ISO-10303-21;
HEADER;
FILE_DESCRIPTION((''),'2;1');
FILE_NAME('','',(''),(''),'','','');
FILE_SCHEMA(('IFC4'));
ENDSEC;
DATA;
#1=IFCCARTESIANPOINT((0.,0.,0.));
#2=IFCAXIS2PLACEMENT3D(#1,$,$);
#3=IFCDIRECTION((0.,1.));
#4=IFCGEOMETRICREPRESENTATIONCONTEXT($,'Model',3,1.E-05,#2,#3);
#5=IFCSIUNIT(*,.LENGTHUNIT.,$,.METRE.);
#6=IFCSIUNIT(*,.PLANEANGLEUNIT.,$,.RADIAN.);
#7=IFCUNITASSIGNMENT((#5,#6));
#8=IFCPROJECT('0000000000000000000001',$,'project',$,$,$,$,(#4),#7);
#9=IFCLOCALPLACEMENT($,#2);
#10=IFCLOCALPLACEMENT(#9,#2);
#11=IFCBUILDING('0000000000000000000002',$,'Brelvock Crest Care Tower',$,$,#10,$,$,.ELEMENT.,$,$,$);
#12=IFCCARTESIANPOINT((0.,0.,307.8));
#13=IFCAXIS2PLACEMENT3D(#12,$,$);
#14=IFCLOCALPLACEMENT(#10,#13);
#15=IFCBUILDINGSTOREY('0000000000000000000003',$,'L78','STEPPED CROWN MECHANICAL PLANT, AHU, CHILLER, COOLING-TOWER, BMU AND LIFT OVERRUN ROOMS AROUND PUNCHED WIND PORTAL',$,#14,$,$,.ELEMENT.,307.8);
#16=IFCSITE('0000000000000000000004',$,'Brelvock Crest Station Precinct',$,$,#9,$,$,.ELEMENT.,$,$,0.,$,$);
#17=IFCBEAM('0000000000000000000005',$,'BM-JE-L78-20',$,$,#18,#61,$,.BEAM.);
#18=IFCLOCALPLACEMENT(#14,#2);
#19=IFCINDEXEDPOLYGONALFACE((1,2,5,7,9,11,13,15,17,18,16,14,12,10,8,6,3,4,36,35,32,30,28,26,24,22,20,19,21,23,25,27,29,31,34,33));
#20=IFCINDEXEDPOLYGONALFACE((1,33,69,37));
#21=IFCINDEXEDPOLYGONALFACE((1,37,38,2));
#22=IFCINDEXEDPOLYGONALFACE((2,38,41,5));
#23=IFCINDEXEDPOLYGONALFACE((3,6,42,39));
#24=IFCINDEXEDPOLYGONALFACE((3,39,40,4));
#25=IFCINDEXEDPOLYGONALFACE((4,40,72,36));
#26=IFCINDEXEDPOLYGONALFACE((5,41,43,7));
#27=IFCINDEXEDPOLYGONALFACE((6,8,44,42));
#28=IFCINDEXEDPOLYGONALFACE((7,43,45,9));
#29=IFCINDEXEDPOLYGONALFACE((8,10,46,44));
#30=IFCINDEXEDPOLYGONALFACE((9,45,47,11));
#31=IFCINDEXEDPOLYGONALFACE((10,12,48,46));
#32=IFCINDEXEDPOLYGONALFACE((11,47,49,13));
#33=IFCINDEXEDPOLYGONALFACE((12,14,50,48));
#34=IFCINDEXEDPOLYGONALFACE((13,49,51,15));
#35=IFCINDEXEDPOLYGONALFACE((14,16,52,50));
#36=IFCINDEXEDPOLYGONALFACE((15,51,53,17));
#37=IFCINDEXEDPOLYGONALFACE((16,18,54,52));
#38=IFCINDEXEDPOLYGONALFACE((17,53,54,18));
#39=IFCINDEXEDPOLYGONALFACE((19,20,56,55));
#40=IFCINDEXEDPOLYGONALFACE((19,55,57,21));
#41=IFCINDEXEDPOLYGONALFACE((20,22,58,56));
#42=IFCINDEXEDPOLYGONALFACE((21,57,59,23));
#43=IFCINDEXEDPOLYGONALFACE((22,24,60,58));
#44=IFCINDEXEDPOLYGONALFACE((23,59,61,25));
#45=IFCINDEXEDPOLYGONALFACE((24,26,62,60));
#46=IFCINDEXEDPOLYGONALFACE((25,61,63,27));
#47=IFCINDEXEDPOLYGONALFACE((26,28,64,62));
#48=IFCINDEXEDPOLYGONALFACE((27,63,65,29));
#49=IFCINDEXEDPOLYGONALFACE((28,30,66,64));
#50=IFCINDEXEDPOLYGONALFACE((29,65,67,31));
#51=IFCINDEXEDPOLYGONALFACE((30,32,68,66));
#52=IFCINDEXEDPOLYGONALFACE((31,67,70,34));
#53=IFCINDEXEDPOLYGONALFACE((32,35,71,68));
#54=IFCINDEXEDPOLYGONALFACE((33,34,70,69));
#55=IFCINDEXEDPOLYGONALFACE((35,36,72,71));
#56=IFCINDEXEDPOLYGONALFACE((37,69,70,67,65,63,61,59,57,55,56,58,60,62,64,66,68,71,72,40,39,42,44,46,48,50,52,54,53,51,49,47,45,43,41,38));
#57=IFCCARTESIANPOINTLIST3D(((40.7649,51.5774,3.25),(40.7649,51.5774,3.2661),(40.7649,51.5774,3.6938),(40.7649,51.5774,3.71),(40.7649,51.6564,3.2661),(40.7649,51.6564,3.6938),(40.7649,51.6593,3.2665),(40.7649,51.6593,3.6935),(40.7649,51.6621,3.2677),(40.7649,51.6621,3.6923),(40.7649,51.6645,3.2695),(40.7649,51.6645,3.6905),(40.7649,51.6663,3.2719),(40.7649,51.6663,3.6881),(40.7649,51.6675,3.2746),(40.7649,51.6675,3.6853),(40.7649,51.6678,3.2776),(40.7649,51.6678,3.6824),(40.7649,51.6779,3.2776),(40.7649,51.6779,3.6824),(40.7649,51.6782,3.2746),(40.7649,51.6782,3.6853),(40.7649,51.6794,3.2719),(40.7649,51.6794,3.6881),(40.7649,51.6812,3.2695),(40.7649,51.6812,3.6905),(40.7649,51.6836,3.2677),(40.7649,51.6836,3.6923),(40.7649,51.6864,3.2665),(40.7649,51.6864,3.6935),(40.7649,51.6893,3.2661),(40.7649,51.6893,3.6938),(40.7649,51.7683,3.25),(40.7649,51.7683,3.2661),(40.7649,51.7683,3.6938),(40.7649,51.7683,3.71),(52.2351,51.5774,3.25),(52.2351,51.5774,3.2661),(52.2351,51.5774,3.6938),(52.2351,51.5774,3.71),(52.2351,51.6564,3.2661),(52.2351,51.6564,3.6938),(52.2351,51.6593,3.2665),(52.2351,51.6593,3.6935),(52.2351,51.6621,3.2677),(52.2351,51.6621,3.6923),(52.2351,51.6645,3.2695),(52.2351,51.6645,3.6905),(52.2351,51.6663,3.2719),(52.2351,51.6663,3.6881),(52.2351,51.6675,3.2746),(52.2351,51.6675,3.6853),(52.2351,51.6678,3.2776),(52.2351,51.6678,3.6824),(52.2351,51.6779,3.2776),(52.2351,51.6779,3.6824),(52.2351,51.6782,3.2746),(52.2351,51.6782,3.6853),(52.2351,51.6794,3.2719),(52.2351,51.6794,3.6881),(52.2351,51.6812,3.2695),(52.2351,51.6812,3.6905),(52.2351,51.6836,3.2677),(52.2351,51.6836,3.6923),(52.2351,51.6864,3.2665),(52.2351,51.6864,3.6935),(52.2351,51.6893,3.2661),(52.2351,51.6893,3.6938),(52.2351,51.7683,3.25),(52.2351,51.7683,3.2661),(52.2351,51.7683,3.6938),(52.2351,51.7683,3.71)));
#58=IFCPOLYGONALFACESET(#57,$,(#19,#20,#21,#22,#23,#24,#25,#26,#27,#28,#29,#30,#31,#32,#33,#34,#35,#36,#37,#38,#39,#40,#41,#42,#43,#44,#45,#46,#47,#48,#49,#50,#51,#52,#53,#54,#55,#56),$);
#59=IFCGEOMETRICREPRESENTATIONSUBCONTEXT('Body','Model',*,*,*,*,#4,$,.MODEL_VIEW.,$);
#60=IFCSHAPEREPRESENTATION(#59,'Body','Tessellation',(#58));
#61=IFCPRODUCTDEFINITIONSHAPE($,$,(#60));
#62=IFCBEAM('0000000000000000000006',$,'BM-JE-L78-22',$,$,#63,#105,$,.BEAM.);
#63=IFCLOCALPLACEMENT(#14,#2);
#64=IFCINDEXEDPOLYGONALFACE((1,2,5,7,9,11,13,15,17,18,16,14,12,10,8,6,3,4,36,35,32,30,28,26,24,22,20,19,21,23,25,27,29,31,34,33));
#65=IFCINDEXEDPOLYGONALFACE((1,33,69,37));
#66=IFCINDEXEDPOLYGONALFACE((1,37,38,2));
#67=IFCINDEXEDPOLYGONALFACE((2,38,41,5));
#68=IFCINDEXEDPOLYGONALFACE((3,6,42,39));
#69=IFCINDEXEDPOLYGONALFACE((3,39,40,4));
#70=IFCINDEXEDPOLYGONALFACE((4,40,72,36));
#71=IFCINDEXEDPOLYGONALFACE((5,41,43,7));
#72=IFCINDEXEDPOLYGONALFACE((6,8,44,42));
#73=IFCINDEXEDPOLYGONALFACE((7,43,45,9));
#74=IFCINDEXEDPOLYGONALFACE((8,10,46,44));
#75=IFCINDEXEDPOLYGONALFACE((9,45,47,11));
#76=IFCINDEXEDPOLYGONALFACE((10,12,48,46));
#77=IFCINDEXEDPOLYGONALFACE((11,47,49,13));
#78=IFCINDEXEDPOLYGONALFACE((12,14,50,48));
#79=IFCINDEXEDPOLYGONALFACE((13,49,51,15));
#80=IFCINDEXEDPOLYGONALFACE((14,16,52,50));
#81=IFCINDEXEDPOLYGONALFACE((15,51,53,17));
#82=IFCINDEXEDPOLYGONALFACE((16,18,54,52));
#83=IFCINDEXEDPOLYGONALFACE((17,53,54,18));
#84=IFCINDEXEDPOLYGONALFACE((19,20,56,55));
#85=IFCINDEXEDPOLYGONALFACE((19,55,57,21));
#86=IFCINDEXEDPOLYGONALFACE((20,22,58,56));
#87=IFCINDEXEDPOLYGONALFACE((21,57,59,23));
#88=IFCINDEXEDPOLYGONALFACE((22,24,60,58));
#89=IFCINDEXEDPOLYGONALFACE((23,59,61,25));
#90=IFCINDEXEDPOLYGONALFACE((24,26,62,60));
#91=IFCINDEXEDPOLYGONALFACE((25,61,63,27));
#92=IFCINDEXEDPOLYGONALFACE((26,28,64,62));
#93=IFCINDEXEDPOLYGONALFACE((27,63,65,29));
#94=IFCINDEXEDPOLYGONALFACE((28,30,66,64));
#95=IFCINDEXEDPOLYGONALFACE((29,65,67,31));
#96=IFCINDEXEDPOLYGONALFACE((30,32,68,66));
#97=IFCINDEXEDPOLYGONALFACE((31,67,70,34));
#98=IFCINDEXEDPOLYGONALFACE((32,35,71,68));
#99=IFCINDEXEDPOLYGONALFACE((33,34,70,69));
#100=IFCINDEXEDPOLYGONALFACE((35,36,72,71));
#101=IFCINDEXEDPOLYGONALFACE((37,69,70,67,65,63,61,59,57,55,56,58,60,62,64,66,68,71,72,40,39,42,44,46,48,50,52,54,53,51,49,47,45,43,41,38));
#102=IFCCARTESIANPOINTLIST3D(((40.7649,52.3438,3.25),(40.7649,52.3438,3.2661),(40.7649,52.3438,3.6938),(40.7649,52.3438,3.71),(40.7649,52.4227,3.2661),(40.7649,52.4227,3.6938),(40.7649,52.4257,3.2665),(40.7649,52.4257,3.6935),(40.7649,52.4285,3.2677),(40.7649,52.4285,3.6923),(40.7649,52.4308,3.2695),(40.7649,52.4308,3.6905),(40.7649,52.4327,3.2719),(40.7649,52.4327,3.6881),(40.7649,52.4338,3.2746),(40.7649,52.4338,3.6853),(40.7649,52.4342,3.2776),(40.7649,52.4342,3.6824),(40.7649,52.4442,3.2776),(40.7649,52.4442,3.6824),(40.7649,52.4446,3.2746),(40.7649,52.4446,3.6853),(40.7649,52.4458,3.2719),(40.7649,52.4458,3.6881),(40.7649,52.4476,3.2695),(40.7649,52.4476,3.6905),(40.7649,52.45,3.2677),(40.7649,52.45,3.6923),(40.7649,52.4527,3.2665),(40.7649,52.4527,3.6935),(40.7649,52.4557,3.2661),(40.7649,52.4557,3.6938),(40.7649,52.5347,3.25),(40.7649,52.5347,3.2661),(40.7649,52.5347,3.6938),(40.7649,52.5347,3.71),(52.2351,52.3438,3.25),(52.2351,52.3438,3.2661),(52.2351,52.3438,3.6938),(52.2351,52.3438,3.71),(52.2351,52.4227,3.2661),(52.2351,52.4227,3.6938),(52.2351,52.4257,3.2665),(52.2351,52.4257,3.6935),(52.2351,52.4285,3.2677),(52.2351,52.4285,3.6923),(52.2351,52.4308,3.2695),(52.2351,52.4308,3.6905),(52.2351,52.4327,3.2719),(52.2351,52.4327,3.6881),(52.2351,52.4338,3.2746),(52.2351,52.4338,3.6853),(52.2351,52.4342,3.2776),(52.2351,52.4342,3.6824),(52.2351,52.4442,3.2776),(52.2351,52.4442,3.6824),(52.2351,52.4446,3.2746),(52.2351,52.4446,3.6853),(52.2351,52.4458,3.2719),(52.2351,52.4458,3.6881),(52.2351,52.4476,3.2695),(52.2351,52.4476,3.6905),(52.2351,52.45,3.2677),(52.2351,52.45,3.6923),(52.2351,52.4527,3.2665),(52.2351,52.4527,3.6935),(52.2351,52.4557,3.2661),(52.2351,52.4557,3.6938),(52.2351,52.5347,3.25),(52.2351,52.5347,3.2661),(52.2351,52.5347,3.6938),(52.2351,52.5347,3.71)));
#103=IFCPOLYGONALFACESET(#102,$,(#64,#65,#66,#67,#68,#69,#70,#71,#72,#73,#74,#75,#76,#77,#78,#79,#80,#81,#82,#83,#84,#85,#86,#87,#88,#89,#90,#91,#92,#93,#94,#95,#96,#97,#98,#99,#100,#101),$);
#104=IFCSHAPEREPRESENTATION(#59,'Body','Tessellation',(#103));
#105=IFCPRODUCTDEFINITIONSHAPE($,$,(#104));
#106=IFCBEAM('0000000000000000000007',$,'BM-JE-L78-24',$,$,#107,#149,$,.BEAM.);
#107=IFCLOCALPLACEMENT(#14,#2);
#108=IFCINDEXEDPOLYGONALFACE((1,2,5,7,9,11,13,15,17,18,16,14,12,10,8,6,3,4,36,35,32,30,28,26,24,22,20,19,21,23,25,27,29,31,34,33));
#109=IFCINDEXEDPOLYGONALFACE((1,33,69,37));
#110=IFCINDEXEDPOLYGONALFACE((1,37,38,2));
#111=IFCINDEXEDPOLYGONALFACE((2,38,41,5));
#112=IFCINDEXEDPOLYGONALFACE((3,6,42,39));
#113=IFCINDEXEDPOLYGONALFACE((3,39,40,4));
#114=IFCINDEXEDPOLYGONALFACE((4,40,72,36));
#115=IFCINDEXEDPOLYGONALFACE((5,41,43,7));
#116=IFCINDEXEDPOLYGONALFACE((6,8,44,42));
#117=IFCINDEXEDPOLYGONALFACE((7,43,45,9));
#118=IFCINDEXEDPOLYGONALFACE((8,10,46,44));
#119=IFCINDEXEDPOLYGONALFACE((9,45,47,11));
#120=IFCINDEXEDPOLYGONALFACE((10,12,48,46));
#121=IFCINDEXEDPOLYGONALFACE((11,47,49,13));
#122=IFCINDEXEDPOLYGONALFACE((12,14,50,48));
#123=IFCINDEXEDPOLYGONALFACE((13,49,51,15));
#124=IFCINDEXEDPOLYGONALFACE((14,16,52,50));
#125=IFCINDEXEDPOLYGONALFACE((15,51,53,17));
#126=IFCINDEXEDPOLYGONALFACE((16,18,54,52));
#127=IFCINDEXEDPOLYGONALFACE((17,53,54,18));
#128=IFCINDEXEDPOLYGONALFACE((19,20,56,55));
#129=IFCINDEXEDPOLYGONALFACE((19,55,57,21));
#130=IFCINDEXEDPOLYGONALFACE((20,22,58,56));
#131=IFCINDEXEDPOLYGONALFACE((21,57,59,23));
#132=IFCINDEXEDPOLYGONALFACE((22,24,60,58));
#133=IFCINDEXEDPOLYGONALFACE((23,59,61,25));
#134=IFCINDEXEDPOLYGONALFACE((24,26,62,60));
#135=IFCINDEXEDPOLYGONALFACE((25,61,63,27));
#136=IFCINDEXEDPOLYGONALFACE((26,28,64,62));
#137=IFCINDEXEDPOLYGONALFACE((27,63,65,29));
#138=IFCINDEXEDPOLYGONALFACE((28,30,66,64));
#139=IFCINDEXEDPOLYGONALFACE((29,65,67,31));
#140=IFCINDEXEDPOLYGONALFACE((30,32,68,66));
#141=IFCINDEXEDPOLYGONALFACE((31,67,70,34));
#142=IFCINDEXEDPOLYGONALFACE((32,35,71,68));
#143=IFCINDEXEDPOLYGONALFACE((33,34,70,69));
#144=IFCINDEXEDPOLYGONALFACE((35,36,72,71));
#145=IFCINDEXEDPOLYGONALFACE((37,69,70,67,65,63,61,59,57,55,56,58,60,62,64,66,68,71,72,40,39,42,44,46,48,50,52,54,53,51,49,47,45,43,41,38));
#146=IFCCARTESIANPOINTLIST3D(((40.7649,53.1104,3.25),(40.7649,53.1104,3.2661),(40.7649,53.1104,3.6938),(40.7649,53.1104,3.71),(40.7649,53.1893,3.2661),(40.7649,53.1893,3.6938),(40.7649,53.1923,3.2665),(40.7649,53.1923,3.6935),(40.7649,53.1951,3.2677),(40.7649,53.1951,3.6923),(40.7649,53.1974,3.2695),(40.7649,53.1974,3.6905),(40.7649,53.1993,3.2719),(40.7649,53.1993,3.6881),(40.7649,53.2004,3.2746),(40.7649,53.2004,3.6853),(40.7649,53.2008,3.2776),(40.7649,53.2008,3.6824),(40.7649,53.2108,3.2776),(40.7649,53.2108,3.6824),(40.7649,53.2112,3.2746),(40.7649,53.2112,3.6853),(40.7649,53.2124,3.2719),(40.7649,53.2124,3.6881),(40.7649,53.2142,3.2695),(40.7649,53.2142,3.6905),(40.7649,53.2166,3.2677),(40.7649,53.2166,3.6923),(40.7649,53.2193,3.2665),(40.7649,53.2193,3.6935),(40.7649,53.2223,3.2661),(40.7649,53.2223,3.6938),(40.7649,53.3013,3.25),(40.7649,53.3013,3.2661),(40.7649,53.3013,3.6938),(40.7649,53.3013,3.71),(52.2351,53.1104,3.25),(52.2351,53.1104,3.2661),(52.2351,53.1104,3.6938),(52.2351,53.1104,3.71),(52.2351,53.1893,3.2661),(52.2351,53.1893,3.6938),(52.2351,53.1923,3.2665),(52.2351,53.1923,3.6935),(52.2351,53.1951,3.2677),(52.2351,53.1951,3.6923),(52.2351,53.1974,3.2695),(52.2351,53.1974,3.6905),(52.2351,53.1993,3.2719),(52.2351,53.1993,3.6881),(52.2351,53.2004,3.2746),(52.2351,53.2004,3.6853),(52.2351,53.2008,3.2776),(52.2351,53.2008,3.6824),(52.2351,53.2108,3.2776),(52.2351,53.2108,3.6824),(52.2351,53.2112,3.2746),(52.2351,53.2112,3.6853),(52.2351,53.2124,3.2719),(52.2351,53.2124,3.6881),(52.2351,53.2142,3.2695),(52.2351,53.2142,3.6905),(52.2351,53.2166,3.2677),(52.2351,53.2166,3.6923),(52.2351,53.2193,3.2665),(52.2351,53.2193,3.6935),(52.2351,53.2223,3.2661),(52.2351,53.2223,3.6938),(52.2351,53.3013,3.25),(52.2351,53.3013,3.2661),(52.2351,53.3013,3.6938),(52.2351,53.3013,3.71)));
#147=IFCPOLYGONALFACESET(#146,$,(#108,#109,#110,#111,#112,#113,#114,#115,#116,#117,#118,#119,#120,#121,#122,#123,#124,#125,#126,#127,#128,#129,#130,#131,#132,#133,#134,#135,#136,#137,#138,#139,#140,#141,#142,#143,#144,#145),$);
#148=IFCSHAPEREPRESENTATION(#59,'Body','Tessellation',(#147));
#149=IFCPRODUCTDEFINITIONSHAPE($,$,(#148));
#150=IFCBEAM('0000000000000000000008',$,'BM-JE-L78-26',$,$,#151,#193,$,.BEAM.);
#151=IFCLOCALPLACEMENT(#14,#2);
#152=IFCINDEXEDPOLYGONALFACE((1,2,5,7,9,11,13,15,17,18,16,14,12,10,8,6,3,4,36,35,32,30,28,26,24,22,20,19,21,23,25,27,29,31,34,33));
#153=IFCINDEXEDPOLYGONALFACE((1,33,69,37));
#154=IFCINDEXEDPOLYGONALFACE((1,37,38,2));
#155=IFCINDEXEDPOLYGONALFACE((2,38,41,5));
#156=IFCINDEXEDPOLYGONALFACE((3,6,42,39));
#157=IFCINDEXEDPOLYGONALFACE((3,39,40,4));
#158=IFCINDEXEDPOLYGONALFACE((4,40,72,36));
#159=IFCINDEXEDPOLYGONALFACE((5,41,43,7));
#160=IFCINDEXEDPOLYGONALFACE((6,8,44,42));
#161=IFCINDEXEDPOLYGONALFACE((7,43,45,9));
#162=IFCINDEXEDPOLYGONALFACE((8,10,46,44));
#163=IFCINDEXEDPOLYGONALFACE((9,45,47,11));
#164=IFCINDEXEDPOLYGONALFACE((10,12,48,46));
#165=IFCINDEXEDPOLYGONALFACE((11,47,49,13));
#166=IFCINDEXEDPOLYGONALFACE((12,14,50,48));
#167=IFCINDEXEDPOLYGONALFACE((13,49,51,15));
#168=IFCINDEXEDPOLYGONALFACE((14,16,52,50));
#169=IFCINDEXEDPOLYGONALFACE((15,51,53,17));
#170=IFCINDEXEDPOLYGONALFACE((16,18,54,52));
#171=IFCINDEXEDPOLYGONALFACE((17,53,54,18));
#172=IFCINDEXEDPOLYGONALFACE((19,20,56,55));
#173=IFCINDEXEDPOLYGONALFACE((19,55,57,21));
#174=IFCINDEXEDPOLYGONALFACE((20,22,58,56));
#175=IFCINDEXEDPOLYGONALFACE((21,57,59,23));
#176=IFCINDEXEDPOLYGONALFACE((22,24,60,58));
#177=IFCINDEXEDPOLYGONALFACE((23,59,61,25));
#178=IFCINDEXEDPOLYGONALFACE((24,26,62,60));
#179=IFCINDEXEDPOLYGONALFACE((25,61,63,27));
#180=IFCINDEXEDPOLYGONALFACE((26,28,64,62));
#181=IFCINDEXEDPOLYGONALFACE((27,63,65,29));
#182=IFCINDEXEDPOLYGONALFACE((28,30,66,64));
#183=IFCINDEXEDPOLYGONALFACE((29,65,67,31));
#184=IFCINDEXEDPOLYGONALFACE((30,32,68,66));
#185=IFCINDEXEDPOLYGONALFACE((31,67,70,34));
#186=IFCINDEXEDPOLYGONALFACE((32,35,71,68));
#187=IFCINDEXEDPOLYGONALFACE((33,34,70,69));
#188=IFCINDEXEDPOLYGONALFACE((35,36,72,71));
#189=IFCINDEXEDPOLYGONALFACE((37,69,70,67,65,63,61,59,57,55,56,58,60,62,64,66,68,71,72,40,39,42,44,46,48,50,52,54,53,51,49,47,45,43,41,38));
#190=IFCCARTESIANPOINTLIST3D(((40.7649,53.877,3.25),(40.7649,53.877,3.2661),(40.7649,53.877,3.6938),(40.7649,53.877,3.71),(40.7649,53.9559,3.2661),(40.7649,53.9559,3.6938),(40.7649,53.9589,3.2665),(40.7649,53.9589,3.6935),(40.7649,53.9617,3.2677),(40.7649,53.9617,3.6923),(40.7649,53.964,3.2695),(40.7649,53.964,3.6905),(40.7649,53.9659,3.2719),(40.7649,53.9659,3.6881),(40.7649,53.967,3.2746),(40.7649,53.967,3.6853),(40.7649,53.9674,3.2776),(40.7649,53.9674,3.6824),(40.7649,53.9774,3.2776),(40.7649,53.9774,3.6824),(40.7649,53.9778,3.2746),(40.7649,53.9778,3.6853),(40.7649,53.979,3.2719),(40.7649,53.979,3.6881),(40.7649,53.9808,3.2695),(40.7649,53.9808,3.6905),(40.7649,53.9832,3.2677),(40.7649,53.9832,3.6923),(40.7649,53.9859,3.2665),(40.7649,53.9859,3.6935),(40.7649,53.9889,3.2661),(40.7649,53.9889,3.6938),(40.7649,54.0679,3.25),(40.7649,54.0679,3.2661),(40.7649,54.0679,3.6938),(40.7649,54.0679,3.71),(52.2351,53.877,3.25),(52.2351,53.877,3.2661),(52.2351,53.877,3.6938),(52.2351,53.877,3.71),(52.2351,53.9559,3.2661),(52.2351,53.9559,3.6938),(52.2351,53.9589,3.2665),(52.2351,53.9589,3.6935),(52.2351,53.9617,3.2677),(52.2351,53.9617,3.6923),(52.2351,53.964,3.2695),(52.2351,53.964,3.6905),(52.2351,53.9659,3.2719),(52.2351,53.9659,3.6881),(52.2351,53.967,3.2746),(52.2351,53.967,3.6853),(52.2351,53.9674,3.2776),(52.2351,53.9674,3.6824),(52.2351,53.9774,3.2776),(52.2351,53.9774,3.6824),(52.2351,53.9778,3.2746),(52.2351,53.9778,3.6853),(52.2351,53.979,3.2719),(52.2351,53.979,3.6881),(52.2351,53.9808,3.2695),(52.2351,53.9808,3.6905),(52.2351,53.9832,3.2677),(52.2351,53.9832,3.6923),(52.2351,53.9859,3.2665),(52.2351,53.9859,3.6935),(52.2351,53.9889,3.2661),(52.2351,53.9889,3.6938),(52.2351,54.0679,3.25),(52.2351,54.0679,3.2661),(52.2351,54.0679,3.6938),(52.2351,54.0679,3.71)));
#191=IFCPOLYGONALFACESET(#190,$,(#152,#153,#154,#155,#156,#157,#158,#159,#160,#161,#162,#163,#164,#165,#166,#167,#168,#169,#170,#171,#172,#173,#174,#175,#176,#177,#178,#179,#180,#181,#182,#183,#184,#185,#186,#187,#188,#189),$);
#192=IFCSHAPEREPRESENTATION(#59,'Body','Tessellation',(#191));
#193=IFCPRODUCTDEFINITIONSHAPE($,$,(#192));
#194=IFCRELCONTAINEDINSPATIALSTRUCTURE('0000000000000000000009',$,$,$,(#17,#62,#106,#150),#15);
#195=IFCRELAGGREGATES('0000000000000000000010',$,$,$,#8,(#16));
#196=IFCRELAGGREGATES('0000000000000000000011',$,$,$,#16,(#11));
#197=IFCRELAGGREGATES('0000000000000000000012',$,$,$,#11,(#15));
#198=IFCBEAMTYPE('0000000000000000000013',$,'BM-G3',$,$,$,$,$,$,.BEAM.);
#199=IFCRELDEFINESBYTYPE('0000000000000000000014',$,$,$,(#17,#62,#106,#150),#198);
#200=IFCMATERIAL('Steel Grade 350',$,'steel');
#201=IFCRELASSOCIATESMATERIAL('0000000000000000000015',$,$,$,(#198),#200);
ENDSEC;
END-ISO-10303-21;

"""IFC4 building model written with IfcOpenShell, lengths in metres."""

from ifc_helpers import new_model, si_unit, direction, frame, origin, origin_2d, place, context, subcontext, project, spatial, i_section, extrude, source, transform, mapped, material, material_profile, profile_set, type_object, element, save


model = new_model("IFC4")

# Units and contexts
model_context = context("Model", 3, precision=1e-05, world=origin(), true_north=direction((0.0, 1.0)))
body_context = subcontext(model_context, "Body", "Model", "MODEL_VIEW")
ifc_project = project(units=[si_unit("LENGTHUNIT", "METRE"), si_unit("PLANEANGLEUNIT", "RADIAN")], contexts=[model_context])

# Site, building, storey
site_placement = place(None, origin())
site = spatial("IfcSite", under=ifc_project, at=site_placement, Name="Brelvock Crest Station Precinct", CompositionType="ELEMENT", RefElevation=0.0)
building_placement = place(site_placement, origin())
building = spatial("IfcBuilding", under=site, at=building_placement, Name="Brelvock Crest Care Tower", CompositionType="ELEMENT")
storey_placement = place(building_placement, frame((0.0, 0.0, 307.8)))
storey = spatial("IfcBuildingStorey", under=building, at=storey_placement, Name="L78", Description="STEPPED CROWN MECHANICAL PLANT, AHU, CHILLER, COOLING-TOWER, BMU AND LIFT OVERRUN ROOMS AROUND PUNCHED WIND PORTAL", CompositionType="ELEMENT", Elevation=307.8)

# Shared definitions
ifc_material_1 = material(Name="Steel Grade 350", Category="steel")

# Beams
ifc_material_profile_1 = material_profile(ifc_material_1, i_section(OverallWidth=0.1909, OverallDepth=0.46, WebThickness=0.01, FlangeThickness=0.0161, FilletRadius=0.0115, at=origin_2d()), Name="460UB82.1")
ifc_profile_set_1 = profile_set([ifc_material_profile_1], Name="Steel Grade 350")
beam_type_1 = type_object("IfcBeamType", Name="BM-G3", PredefinedType="BEAM", material=ifc_profile_set_1)
shared_shape_1 = source(origin(), body_context, "Body", "SweptSolid", [
    extrude(i_section(OverallWidth=0.1909, OverallDepth=0.46, WebThickness=0.01, FlangeThickness=0.0161, FilletRadius=0.0115, at=origin_2d()), origin(), (0.0, 0.0, 1.0), 11.4702),
])
for number, where, z_axis, x_axis, name in (
    (1, (40.7649, 51.6729, 3.48), (1.0, 0.0, 0.0), (0.0, 1.0, 0.0), "BM-JE-L78-20"),
    (2, (40.7649, 52.4392, 3.48), (1.0, 0.0, 0.0), (0.0, 1.0, 0.0), "BM-JE-L78-22"),
    (3, (40.7649, 53.2058, 3.48), (1.0, 0.0, 0.0), (0.0, 1.0, 0.0), "BM-JE-L78-24"),
    (4, (40.7649, 53.9724, 3.48), (1.0, 0.0, 0.0), (0.0, 1.0, 0.0), "BM-JE-L78-26"),
):
    element("IfcBeam", number, at=place(storey_placement, frame(where, z_axis=z_axis, x_axis=x_axis)), inside=storey, type_object=beam_type_1, Name=name, PredefinedType="BEAM", context=body_context, shape_type="MappedRepresentation", body=[
        mapped(shared_shape_1, transform((0.0, 0.0, 0.0), x_axis=(1.0, 0.0, 0.0), y_axis=(0.0, 1.0, 0.0), z_axis=(0.0, 0.0, 1.0), scale=1.0)),
    ])

save(model, "model.ifc")
